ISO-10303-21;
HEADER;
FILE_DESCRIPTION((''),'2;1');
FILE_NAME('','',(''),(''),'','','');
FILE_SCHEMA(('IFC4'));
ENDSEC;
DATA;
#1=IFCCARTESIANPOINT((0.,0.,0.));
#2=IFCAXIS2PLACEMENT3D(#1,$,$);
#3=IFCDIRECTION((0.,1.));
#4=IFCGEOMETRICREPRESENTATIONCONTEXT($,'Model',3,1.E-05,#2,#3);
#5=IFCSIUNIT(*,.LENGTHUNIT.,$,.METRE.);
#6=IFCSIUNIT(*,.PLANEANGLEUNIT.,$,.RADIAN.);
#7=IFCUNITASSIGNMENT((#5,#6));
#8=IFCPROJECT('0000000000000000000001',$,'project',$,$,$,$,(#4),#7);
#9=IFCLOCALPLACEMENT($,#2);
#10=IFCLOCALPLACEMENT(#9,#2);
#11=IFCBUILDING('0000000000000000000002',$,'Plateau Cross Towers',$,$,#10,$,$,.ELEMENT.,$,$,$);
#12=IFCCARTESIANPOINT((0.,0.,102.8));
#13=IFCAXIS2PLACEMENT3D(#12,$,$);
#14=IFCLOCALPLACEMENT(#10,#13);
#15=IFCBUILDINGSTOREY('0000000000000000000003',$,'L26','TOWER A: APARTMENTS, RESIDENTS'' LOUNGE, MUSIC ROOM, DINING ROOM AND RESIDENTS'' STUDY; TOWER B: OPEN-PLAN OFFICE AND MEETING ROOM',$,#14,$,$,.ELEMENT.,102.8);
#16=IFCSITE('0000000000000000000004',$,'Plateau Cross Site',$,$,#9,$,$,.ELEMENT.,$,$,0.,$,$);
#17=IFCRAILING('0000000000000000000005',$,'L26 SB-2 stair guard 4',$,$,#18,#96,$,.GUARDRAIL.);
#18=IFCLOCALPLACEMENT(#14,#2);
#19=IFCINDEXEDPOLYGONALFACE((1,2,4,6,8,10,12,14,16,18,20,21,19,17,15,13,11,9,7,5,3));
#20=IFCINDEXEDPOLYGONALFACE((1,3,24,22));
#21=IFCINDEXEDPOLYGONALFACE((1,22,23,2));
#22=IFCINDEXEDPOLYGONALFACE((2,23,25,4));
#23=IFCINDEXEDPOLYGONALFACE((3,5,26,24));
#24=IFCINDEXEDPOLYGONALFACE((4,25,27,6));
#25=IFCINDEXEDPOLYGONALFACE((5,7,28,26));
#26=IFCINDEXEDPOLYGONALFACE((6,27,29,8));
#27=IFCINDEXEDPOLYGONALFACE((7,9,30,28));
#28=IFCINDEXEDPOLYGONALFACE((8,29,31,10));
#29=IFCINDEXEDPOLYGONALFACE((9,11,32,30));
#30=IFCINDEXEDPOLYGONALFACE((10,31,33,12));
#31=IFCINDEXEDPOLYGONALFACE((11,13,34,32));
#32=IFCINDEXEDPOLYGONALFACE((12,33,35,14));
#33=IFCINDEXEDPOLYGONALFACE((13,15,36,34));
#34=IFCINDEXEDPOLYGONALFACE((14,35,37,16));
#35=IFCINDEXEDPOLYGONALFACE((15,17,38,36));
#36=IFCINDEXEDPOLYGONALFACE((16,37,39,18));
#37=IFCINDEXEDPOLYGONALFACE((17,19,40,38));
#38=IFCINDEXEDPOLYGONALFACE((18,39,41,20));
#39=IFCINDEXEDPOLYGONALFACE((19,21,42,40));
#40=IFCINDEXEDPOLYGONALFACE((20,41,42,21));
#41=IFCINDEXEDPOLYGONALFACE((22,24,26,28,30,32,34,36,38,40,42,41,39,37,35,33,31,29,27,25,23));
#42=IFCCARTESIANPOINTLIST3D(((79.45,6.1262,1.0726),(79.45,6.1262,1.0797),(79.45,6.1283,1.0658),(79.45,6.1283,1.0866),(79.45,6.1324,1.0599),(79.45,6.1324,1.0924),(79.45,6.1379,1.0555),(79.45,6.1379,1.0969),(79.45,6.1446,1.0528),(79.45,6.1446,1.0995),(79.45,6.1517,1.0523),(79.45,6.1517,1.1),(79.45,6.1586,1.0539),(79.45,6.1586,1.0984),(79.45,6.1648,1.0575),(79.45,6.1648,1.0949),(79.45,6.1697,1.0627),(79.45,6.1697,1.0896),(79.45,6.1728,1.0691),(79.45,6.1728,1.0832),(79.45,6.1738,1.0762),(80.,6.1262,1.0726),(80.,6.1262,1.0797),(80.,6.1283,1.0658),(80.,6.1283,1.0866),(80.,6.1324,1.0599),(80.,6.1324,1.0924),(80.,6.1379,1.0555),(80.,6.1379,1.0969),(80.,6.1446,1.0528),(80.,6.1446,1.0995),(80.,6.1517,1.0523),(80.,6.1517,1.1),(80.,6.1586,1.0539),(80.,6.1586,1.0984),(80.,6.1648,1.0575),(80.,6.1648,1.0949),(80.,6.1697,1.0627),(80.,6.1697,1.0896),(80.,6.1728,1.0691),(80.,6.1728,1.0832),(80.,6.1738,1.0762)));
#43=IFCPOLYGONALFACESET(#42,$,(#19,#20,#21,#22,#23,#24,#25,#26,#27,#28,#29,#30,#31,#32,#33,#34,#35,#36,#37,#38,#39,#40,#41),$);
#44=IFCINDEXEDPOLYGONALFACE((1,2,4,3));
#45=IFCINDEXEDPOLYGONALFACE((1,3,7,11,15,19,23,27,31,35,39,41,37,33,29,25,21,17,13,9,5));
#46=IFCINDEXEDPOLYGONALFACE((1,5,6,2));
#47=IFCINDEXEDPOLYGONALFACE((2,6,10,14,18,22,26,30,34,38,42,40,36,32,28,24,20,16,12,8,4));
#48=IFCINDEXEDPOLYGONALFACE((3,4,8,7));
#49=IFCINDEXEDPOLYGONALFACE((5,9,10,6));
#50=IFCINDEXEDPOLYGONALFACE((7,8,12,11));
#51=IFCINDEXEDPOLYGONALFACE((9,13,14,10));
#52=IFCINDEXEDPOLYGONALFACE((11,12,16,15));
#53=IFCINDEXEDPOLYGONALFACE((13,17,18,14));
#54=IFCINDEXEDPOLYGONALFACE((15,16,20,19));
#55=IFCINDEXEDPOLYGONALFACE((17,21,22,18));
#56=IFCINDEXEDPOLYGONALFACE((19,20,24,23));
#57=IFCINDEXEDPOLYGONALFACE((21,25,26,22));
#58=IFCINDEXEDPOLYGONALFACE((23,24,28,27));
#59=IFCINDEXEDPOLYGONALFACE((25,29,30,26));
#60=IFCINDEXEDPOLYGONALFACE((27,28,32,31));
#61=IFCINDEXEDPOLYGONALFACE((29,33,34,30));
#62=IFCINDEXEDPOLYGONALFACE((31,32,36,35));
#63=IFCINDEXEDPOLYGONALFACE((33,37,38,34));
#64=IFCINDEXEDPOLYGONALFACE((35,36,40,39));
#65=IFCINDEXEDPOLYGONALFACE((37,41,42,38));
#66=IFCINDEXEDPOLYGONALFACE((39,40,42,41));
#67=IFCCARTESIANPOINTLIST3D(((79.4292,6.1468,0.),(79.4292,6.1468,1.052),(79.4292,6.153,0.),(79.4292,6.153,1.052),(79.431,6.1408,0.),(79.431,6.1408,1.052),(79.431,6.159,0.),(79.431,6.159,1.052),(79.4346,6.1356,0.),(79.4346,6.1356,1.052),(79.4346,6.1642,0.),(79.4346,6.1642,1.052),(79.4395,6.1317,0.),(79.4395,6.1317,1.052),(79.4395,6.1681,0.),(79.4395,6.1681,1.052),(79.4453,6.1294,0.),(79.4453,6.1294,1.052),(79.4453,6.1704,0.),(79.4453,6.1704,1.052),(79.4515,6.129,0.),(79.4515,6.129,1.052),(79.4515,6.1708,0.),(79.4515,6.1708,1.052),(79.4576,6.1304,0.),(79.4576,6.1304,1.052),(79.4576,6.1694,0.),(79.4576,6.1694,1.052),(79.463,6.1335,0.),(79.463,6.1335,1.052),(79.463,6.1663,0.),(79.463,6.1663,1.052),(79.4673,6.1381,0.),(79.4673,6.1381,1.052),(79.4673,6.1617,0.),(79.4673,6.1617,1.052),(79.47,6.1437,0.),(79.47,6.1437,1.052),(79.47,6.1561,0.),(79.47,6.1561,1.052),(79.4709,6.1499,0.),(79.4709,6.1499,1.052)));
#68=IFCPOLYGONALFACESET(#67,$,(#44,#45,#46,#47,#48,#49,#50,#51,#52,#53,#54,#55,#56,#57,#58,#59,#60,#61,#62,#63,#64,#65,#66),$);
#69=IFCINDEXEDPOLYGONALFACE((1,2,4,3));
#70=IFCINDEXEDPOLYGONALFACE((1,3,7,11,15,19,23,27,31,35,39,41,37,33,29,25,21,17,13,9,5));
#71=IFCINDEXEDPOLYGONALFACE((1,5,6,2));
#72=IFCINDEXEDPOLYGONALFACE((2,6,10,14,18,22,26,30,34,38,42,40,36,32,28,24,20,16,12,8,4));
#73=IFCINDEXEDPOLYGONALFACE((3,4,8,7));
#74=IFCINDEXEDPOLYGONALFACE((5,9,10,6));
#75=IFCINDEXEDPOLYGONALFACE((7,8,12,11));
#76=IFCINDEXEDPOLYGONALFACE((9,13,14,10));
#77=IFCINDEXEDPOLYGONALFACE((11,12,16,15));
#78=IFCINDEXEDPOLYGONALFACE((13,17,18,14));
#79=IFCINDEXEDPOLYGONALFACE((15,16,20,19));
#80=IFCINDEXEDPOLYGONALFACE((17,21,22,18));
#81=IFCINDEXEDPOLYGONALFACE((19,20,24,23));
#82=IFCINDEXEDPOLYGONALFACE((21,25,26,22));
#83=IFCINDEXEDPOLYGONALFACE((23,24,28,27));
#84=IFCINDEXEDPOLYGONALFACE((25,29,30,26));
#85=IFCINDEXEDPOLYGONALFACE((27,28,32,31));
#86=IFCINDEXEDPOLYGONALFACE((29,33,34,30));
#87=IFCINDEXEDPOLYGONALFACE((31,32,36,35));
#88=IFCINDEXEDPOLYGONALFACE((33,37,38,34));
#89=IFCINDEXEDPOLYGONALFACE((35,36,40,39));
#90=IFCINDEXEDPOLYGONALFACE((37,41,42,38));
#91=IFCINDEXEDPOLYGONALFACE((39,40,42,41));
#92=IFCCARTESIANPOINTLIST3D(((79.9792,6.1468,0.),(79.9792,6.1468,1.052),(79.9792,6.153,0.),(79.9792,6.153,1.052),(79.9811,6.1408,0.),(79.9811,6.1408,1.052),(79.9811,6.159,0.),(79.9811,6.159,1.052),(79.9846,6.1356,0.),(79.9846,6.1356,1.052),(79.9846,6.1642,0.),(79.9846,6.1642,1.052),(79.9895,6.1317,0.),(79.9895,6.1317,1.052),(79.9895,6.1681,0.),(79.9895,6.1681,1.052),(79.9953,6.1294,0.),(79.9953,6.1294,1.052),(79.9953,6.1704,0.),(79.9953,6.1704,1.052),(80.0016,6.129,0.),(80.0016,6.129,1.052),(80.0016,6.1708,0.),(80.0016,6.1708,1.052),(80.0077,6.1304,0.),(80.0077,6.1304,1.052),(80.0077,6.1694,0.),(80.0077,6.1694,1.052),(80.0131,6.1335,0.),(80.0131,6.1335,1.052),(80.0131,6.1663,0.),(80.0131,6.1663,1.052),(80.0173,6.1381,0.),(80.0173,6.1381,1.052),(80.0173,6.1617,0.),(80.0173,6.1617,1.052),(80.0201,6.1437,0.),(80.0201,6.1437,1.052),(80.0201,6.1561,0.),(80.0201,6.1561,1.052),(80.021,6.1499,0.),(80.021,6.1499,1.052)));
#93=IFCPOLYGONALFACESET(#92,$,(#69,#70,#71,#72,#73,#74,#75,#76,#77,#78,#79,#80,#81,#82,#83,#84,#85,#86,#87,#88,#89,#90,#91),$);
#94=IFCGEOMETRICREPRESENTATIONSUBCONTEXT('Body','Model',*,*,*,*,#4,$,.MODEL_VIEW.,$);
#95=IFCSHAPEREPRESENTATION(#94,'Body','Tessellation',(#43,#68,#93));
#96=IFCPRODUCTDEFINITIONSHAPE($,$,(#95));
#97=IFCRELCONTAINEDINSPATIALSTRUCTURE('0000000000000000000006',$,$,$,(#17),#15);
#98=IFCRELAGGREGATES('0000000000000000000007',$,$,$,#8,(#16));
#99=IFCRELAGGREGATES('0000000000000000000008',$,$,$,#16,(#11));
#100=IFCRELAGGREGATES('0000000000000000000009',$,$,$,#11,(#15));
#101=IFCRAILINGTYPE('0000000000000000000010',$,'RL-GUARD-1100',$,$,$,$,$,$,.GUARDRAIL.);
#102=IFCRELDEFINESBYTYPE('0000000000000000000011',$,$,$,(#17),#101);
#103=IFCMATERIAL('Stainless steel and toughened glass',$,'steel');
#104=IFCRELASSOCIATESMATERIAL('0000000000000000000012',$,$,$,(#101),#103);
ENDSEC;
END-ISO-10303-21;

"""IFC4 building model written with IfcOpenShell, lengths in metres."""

from ifc_helpers import new_model, si_unit, direction, frame, origin, origin_2d, place, context, subcontext, project, spatial, circle, extrude, material, type_object, element, save


model = new_model("IFC4")

# Units and contexts
model_context = context("Model", 3, precision=1e-05, world=origin(), true_north=direction((0.0, 1.0)))
body_context = subcontext(model_context, "Body", "Model", "MODEL_VIEW")
ifc_project = project(units=[si_unit("LENGTHUNIT", "METRE"), si_unit("PLANEANGLEUNIT", "RADIAN")], contexts=[model_context])

# Site, building, storey
site_placement = place(None, origin())
site = spatial("IfcSite", under=ifc_project, at=site_placement, Name="Plateau Cross Site", CompositionType="ELEMENT", RefElevation=0.0)
building_placement = place(site_placement, origin())
building = spatial("IfcBuilding", under=site, at=building_placement, Name="Plateau Cross Towers", CompositionType="ELEMENT")
storey_placement = place(building_placement, frame((0.0, 0.0, 102.8)))
storey = spatial("IfcBuildingStorey", under=building, at=storey_placement, Name="L26", Description="TOWER A: APARTMENTS, RESIDENTS' LOUNGE, MUSIC ROOM, DINING ROOM AND RESIDENTS' STUDY; TOWER B: OPEN-PLAN OFFICE AND MEETING ROOM", CompositionType="ELEMENT", Elevation=102.8)

# Railing
ifc_material_1 = material(Name="Stainless steel and toughened glass", Category="steel")
railing_type = type_object("IfcRailingType", Name="RL-GUARD-1100", PredefinedType="GUARDRAIL", material=ifc_material_1)
railing_1_placement = place(storey_placement, frame((79.45, 6.1499, 0.0)))
element("IfcRailing", 1, at=railing_1_placement, inside=storey, type_object=railing_type, Name="L26 SB-2 stair guard 4", PredefinedType="GUARDRAIL", context=body_context, shape_type="SweptSolid", body=[
    extrude(circle(Radius=0.0239, at=origin_2d()), frame((0.0, 0.0, 1.0762), z_axis=(1.0, 0.0, 0.0), x_axis=(0.0, 1.0, 0.0)), (0.0, 0.0, 1.0), 0.55),
    extrude(circle(Radius=0.021, at=origin_2d()), origin(), (0.0, 0.0, 1.0), 1.052),
    extrude(circle(Radius=0.021, at=origin_2d()), frame((0.55, 0.0, 0.0)), (0.0, 0.0, 1.0), 1.052),
])

save(model, "model.ifc")
